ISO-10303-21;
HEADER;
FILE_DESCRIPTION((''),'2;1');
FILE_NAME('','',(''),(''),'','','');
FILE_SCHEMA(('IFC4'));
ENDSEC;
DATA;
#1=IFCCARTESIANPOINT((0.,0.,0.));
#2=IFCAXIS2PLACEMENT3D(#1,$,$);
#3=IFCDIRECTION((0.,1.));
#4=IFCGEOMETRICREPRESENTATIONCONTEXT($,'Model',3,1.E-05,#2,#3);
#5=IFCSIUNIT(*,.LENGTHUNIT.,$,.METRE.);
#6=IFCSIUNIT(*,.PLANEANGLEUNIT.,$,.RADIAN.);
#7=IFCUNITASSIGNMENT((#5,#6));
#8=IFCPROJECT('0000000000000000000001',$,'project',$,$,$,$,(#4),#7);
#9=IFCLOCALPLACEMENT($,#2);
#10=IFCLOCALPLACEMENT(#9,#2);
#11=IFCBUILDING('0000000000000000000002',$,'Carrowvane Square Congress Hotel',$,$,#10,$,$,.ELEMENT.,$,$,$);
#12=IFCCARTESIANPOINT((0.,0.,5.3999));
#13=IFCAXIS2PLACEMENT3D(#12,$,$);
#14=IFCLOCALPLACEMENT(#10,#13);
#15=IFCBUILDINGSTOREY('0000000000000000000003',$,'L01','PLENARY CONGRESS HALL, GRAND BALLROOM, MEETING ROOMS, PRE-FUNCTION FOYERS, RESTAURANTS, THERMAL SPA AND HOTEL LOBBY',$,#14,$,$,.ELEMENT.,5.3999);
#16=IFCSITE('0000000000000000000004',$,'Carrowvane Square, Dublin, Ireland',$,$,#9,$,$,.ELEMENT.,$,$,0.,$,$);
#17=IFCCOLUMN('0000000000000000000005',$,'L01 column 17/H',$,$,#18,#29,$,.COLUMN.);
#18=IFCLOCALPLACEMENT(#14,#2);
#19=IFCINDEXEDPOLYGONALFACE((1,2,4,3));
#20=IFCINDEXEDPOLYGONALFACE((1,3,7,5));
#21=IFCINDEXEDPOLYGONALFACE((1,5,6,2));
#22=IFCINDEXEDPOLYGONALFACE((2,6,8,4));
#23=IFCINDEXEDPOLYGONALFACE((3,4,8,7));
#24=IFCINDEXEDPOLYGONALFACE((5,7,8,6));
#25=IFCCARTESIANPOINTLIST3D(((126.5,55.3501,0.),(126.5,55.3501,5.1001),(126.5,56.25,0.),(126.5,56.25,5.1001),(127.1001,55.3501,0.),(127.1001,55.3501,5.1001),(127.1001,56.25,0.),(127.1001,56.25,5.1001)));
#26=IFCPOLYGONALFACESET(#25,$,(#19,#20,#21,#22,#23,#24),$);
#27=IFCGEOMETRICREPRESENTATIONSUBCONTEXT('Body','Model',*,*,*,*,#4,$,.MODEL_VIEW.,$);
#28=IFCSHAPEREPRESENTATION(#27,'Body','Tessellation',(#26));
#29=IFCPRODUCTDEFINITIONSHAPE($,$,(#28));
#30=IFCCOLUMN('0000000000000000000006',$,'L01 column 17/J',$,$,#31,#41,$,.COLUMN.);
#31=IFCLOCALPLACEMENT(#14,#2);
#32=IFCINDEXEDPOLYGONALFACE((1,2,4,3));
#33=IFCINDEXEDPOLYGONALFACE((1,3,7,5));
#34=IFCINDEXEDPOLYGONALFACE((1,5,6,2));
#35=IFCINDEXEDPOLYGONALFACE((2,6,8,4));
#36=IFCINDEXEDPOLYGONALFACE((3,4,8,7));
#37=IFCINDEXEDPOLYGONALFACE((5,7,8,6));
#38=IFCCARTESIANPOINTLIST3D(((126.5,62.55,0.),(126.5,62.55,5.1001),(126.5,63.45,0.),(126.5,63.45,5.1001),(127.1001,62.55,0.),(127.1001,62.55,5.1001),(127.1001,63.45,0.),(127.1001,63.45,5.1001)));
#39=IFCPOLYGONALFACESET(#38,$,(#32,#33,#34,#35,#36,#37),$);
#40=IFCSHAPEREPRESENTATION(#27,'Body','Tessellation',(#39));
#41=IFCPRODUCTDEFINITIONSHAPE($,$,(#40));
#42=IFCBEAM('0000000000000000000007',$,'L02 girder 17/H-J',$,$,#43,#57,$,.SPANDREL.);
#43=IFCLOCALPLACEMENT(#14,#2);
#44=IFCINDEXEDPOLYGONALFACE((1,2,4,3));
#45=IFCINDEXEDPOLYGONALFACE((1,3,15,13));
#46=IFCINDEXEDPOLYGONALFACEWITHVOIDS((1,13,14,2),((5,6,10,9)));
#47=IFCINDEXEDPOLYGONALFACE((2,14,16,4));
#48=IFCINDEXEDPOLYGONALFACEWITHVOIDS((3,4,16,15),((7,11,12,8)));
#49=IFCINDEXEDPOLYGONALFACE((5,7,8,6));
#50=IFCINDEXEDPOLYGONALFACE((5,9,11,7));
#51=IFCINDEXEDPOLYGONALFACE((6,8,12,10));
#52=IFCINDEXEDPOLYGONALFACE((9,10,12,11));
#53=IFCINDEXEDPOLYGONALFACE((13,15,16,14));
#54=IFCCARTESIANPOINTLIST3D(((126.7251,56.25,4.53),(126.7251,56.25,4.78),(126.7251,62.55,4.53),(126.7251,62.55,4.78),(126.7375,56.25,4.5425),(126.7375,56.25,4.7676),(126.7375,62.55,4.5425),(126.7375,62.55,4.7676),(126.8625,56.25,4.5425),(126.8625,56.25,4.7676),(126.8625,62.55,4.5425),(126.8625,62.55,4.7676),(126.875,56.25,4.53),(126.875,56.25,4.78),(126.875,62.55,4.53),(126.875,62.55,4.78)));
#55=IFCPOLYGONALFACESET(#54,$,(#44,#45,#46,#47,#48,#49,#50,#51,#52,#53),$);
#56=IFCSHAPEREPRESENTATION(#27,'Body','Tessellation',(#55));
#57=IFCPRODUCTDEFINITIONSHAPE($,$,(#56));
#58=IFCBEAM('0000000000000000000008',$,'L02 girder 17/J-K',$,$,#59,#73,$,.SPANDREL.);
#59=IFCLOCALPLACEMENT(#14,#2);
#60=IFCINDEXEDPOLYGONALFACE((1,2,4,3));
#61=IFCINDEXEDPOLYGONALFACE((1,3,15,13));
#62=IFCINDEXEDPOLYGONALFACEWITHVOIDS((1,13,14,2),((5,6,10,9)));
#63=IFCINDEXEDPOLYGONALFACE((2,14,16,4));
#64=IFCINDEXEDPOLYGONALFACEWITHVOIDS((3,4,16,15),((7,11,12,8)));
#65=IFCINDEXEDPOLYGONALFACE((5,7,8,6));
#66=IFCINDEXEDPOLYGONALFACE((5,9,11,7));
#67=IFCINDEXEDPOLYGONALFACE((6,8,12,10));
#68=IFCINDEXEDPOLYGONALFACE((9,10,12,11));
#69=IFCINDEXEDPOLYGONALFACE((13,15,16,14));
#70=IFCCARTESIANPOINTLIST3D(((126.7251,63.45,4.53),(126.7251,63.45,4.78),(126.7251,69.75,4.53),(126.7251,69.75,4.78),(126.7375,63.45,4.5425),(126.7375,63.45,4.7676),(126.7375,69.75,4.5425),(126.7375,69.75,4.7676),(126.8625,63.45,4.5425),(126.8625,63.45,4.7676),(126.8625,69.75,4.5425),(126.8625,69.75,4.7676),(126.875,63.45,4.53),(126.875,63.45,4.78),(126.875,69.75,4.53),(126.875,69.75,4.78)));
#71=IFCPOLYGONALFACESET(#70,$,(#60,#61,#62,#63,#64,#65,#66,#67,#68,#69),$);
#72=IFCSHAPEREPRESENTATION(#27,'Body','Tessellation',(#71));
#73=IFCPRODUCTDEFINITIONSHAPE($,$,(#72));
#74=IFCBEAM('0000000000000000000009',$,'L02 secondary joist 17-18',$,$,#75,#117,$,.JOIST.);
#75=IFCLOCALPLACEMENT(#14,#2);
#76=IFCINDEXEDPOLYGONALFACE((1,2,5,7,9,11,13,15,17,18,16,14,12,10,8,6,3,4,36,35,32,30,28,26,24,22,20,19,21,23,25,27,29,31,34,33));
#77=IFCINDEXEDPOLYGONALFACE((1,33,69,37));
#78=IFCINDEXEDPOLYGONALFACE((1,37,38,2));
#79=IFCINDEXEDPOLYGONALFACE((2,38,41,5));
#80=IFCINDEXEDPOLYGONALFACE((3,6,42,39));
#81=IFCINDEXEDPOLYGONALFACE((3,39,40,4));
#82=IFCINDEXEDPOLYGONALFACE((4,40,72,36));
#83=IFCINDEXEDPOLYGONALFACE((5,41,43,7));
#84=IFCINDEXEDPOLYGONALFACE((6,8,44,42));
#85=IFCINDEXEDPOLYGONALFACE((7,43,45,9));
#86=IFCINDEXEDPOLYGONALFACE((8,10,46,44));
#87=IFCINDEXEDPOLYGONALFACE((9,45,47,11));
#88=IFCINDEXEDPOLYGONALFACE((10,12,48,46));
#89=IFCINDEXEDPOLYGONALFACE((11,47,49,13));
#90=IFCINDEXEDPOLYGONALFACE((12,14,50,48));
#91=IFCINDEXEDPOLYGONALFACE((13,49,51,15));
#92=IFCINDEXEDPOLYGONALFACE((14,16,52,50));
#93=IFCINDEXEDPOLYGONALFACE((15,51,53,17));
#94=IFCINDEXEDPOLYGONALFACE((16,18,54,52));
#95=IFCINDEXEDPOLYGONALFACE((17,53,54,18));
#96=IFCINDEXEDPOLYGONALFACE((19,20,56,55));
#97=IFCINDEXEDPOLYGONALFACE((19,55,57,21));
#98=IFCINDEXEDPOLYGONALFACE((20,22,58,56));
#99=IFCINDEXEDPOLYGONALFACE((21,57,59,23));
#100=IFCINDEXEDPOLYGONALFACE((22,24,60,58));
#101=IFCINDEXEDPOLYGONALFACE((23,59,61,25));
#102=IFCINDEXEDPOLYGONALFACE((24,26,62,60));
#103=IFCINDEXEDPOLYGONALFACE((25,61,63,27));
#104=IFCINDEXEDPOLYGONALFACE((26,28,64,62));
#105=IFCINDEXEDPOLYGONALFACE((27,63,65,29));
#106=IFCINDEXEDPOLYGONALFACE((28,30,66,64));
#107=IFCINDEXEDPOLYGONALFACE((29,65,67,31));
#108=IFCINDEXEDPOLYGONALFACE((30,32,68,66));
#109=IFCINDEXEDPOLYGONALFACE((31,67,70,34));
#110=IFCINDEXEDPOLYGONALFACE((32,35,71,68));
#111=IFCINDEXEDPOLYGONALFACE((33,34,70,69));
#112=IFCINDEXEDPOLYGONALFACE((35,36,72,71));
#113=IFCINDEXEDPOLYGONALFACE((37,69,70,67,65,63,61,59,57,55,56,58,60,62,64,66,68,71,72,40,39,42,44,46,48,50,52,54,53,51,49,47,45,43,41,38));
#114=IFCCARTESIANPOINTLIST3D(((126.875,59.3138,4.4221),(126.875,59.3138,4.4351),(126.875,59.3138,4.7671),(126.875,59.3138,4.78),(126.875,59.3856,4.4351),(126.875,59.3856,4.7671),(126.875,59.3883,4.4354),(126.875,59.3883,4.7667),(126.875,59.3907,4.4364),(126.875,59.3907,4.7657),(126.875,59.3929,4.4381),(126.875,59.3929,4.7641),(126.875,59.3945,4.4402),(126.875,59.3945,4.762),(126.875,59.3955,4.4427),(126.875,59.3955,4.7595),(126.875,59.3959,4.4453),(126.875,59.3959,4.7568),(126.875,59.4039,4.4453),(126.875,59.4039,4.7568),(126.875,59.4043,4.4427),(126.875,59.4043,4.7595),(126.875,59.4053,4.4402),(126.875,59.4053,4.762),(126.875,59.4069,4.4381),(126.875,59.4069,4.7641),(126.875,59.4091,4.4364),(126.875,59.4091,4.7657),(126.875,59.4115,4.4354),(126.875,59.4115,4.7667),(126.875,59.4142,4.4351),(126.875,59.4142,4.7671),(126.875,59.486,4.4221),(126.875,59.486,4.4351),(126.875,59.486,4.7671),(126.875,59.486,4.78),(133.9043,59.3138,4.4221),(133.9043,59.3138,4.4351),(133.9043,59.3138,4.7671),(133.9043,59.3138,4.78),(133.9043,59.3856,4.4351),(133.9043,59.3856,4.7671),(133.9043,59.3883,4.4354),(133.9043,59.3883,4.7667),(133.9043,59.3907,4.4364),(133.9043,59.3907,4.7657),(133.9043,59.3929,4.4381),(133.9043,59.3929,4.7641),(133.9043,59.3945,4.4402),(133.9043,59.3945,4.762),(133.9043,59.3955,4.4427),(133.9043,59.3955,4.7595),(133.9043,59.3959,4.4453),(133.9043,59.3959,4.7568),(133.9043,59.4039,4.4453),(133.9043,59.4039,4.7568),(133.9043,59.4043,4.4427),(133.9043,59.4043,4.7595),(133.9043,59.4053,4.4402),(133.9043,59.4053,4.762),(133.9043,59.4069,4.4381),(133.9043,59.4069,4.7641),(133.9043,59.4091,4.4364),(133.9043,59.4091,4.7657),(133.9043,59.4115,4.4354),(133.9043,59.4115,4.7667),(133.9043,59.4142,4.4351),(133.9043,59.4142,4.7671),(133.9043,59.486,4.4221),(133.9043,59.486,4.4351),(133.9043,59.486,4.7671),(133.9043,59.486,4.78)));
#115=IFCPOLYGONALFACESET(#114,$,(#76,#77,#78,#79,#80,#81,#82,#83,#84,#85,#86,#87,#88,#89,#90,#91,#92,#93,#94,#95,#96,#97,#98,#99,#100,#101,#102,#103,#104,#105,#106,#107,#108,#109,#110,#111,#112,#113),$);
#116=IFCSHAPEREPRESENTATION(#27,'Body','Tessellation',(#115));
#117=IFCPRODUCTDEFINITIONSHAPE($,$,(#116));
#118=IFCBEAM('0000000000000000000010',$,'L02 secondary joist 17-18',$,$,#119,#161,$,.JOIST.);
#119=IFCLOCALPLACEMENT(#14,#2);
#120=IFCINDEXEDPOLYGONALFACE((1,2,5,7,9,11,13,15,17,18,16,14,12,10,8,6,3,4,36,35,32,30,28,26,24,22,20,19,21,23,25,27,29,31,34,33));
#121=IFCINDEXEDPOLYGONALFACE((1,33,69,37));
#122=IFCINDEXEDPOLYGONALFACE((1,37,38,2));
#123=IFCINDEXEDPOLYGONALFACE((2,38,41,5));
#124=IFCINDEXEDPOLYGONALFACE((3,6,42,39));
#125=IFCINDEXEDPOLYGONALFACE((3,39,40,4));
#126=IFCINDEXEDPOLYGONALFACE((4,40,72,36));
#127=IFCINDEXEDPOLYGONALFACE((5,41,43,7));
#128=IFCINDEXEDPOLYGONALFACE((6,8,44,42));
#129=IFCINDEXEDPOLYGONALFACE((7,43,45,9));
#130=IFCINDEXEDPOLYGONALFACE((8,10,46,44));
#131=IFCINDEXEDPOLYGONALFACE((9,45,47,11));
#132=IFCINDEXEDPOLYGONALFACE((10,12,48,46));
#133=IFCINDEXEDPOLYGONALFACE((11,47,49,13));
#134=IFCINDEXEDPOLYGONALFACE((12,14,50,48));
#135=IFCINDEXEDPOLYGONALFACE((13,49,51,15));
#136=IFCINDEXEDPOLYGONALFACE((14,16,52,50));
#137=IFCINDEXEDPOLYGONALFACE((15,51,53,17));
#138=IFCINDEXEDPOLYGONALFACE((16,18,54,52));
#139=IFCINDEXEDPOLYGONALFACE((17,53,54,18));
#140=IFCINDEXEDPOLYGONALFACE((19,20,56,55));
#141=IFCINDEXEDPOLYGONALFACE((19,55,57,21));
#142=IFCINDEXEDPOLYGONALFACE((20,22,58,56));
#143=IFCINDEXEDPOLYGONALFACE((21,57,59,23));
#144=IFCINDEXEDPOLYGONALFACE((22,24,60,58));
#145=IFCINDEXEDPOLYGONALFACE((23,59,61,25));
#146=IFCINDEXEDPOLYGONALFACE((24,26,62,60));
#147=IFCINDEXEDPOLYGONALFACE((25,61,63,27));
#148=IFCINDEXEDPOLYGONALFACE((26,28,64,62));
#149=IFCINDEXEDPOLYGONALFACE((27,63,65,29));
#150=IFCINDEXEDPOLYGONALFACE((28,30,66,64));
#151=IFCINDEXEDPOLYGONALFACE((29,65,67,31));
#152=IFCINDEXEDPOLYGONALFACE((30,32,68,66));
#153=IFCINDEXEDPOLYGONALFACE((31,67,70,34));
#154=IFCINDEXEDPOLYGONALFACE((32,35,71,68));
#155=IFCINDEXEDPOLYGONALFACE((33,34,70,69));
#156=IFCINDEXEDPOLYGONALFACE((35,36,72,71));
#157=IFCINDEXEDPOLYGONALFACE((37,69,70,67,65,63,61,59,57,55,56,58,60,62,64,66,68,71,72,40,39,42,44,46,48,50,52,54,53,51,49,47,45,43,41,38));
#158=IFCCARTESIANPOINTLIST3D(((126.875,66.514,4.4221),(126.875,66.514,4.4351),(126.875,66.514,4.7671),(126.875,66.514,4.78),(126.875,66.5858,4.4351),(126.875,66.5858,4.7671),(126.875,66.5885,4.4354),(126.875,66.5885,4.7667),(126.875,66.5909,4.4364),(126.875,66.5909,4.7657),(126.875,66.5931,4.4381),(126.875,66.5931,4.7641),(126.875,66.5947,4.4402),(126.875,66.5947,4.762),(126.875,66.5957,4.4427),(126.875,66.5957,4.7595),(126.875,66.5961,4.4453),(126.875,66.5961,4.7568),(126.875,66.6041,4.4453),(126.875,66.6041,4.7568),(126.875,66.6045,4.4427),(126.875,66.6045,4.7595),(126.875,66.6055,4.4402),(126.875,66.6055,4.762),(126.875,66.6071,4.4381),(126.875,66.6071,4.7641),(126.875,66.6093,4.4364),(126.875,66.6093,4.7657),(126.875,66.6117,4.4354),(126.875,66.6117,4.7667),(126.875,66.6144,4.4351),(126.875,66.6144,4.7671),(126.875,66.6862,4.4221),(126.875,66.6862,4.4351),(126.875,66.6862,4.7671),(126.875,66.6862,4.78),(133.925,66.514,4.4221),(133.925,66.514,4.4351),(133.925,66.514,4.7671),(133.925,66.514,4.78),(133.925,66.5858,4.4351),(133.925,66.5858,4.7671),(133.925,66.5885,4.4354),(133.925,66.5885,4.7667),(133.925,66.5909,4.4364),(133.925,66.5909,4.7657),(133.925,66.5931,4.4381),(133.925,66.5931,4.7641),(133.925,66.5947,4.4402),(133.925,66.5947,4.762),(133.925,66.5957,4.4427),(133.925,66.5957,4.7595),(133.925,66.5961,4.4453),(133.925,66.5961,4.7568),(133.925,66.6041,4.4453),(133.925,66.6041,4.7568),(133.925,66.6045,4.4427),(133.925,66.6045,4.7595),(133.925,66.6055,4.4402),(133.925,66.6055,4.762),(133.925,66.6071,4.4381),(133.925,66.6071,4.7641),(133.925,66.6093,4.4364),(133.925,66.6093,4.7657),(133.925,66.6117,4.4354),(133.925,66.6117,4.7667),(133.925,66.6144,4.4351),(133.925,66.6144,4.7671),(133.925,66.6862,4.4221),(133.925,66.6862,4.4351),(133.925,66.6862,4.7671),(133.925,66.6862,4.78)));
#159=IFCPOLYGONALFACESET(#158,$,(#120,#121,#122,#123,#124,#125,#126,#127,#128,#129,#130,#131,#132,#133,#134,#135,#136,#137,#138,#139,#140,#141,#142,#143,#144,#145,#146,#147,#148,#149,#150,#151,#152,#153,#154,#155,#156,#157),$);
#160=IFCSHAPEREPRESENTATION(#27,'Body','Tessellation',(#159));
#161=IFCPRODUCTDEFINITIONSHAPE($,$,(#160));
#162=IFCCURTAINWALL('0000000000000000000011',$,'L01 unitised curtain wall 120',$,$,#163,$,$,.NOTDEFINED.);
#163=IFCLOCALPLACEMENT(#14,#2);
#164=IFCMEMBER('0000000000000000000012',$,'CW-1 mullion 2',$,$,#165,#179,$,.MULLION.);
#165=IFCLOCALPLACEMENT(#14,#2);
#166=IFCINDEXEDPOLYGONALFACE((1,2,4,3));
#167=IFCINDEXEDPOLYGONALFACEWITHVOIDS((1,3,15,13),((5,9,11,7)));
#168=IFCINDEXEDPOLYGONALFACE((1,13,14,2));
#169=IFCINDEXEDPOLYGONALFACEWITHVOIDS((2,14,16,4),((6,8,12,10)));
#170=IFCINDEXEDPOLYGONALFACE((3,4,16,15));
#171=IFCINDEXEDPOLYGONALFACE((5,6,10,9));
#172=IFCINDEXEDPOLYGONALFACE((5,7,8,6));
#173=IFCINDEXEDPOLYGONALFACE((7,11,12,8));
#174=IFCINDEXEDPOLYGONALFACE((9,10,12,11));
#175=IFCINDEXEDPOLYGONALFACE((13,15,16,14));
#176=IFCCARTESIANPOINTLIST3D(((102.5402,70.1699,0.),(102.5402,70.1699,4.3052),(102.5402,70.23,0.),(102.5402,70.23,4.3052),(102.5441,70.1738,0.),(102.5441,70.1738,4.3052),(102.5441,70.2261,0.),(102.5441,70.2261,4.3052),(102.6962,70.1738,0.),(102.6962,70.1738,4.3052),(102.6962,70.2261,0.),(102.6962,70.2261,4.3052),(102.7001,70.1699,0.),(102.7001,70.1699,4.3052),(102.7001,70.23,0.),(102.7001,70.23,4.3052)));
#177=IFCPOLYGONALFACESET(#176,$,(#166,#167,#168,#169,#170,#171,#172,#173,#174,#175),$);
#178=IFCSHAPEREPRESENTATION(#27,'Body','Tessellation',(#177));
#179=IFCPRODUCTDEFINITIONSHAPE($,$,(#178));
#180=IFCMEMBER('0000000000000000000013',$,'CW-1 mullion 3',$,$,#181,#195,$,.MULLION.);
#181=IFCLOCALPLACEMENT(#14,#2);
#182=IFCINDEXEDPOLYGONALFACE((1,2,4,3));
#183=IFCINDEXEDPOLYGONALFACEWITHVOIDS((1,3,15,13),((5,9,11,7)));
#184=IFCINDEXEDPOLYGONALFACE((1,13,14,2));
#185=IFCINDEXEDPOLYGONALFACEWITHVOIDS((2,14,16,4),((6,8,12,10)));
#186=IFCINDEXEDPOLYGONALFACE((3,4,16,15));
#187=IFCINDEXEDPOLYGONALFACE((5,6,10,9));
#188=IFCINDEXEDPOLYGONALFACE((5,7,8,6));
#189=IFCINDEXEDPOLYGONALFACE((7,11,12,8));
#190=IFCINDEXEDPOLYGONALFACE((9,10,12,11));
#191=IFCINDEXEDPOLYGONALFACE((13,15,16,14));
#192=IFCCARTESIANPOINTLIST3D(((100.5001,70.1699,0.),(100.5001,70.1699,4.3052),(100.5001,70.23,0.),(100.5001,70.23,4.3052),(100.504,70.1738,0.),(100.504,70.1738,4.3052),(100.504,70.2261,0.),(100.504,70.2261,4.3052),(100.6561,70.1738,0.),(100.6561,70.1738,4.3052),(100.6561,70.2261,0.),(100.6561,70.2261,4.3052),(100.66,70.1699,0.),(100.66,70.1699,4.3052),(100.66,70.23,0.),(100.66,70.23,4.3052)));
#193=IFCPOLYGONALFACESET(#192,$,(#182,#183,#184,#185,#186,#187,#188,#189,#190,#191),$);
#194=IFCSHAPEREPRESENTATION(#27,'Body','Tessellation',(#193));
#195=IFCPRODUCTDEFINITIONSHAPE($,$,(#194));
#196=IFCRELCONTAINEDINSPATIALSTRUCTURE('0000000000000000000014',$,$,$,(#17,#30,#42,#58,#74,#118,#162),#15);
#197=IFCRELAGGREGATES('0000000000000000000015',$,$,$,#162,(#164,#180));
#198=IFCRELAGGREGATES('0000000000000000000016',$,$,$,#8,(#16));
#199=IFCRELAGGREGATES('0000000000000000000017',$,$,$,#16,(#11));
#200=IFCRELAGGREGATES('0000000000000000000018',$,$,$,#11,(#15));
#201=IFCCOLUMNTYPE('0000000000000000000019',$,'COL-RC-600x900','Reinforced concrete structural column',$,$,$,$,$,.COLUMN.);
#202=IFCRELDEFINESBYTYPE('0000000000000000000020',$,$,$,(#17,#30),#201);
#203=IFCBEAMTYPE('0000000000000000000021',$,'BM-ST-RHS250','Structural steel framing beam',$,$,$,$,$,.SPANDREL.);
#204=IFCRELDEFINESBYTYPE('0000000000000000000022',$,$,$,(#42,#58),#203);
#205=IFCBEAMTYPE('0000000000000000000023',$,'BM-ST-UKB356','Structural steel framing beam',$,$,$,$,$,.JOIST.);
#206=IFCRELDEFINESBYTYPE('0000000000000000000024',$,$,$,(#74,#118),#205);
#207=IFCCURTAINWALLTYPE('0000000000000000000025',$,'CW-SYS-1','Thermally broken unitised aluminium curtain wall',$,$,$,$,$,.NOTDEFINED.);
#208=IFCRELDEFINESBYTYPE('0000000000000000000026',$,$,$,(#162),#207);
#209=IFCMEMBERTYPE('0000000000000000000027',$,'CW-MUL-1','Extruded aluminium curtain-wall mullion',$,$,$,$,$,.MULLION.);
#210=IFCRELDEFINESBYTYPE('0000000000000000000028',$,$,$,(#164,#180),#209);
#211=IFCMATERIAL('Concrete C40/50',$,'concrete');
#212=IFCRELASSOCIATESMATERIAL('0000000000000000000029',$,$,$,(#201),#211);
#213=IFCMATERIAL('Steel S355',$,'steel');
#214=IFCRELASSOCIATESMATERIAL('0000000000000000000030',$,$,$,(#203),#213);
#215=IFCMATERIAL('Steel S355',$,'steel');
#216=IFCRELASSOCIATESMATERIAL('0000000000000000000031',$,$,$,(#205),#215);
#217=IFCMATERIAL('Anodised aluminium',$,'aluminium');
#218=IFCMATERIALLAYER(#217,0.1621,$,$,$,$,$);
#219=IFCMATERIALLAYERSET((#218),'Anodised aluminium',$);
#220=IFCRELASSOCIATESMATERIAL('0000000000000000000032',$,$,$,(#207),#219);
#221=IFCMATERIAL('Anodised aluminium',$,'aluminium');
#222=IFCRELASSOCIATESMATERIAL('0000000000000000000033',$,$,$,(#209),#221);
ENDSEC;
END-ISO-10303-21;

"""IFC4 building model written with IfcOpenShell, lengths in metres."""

from ifc_helpers import new_model, si_unit, direction, frame, origin, origin_2d, place, context, subcontext, project, spatial, rectangle, hollow_rectangle, i_section, extrude, material, layer, layer_set, material_profile, profile_set, type_object, element, aggregate, save


model = new_model("IFC4")

# Units and contexts
model_context = context("Model", 3, precision=1e-05, world=origin(), true_north=direction((0.0, 1.0)))
body_context = subcontext(model_context, "Body", "Model", "MODEL_VIEW")
ifc_project = project(units=[si_unit("LENGTHUNIT", "METRE"), si_unit("PLANEANGLEUNIT", "RADIAN")], contexts=[model_context])

# Site, building, storey
site_placement = place(None, origin())
site = spatial("IfcSite", under=ifc_project, at=site_placement, Name="Carrowvane Square, Dublin, Ireland", CompositionType="ELEMENT", RefElevation=0.0)
building_placement = place(site_placement, origin())
building = spatial("IfcBuilding", under=site, at=building_placement, Name="Carrowvane Square Congress Hotel", CompositionType="ELEMENT")
storey_placement = place(building_placement, frame((0.0, 0.0, 5.3999)))
storey = spatial("IfcBuildingStorey", under=building, at=storey_placement, Name="L01", Description="PLENARY CONGRESS HALL, GRAND BALLROOM, MEETING ROOMS, PRE-FUNCTION FOYERS, RESTAURANTS, THERMAL SPA AND HOTEL LOBBY", CompositionType="ELEMENT", Elevation=5.3999)

# Columns
ifc_material_1 = material(Name="Concrete C40/50", Category="concrete")
ifc_material_profile_1 = material_profile(ifc_material_1, rectangle(XDim=0.6001, YDim=0.8999, at=origin_2d()), Name="RC 600x900")
ifc_profile_set_1 = profile_set([ifc_material_profile_1], Name="Concrete C40/50")
column_type = type_object("IfcColumnType", Name="COL-RC-600x900", Description="Reinforced concrete structural column", PredefinedType="COLUMN", material=ifc_profile_set_1)
for number, where, z_axis, x_axis, name in (
    (1, (126.8, 55.8, 0.0), (0.0, 0.0, 1.0), (1.0, 0.0, 0.0), "L01 column 17/H"),
    (2, (126.8, 63.0, 0.0), (0.0, 0.0, 1.0), (1.0, 0.0, 0.0), "L01 column 17/J"),
):
    element("IfcColumn", number, at=place(storey_placement, frame(where, z_axis=z_axis, x_axis=x_axis)), inside=storey, type_object=column_type, Name=name, PredefinedType="COLUMN", context=body_context, shape_type="SweptSolid", body=[
        extrude(rectangle(XDim=0.6001, YDim=0.8999, at=origin_2d()), origin(), (0.0, 0.0, 1.0), 5.1001),
    ])

# Beams
ifc_material_2 = material(Name="Steel S355", Category="steel")
ifc_material_profile_2 = material_profile(ifc_material_2, hollow_rectangle(XDim=0.1499, YDim=0.25, WallThickness=0.0125, at=origin_2d()), Name="RHS 250x150x12.5")
ifc_profile_set_2 = profile_set([ifc_material_profile_2], Name="Steel S355")
beam_type_1 = type_object("IfcBeamType", Name="BM-ST-RHS250", Description="Structural steel framing beam", PredefinedType="SPANDREL", material=ifc_profile_set_2)
for number, where, z_axis, x_axis, name in (
    (3, (126.8, 56.25, 4.655), (0.0, 1.0, 0.0), (-1.0, 0.0, 0.0), "L02 girder 17/H-J"),
    (4, (126.8, 63.45, 4.655), (0.0, 1.0, 0.0), (-1.0, 0.0, 0.0), "L02 girder 17/J-K"),
):
    element("IfcBeam", number, at=place(storey_placement, frame(where, z_axis=z_axis, x_axis=x_axis)), inside=storey, type_object=beam_type_1, Name=name, PredefinedType="SPANDREL", context=body_context, shape_type="SweptSolid", body=[
        extrude(hollow_rectangle(XDim=0.1499, YDim=0.25, WallThickness=0.0125, at=origin_2d()), origin(), (0.0, 0.0, 1.0), 6.3),
    ])
ifc_material_3 = material(Name="Steel S355", Category="steel")
ifc_material_profile_3 = material_profile(ifc_material_3, i_section(OverallWidth=0.1721, OverallDepth=0.3579, WebThickness=0.0081, FlangeThickness=0.0129, FilletRadius=0.0103, at=origin_2d()), Name="UKB 356x171x57")
ifc_profile_set_3 = profile_set([ifc_material_profile_3], Name="Steel S355")
beam_type_2 = type_object("IfcBeamType", Name="BM-ST-UKB356", Description="Structural steel framing beam", PredefinedType="JOIST", material=ifc_profile_set_3)
beam_1_placement = place(storey_placement, frame((126.875, 59.3999, 4.6011), z_axis=(1.0, 0.0, 0.0), x_axis=(0.0, 1.0, 0.0)))
element("IfcBeam", 5, at=beam_1_placement, inside=storey, type_object=beam_type_2, Name="L02 secondary joist 17-18", PredefinedType="JOIST", context=body_context, shape_type="SweptSolid", body=[
    extrude(i_section(OverallWidth=0.1721, OverallDepth=0.3579, WebThickness=0.0081, FlangeThickness=0.0129, FilletRadius=0.0103, at=origin_2d()), origin(), (0.0, 0.0, 1.0), 7.0293),
])
beam_2_placement = place(storey_placement, frame((126.875, 66.6001, 4.6011), z_axis=(1.0, 0.0, 0.0), x_axis=(0.0, 1.0, 0.0)))
element("IfcBeam", 6, at=beam_2_placement, inside=storey, type_object=beam_type_2, Name="L02 secondary joist 17-18", PredefinedType="JOIST", context=body_context, shape_type="SweptSolid", body=[
    extrude(i_section(OverallWidth=0.1721, OverallDepth=0.3579, WebThickness=0.0081, FlangeThickness=0.0129, FilletRadius=0.0103, at=origin_2d()), origin(), (0.0, 0.0, 1.0), 7.05),
])

# Curtain wall, members
ifc_material_4 = material(Name="Anodised aluminium", Category="aluminium")
ifc_layer_1 = layer(ifc_material_4, 0.1621)
ifc_layer_set_1 = layer_set([ifc_layer_1], Name="Anodised aluminium")
curtain_wall_type = type_object("IfcCurtainWallType", Name="CW-SYS-1", Description="Thermally broken unitised aluminium curtain wall", PredefinedType="NOTDEFINED", material=ifc_layer_set_1)
curtain_wall_placement = place(storey_placement, origin())
curtain_wall = element("IfcCurtainWall", 7, at=curtain_wall_placement, inside=storey, type_object=curtain_wall_type, Name="L01 unitised curtain wall 120", PredefinedType="NOTDEFINED")
ifc_material_5 = material(Name="Anodised aluminium", Category="aluminium")
ifc_material_profile_4 = material_profile(ifc_material_5, hollow_rectangle(XDim=0.0601, YDim=0.1599, WallThickness=0.0039, at=origin_2d()), Name="CW-ML 60x160x4")
ifc_profile_set_4 = profile_set([ifc_material_profile_4], Name="Anodised aluminium")
member_type_1 = type_object("IfcMemberType", Name="CW-MUL-1", Description="Extruded aluminium curtain-wall mullion", PredefinedType="MULLION", material=ifc_profile_set_4)
member_1_placement = place(storey_placement, frame((102.6201, 70.2, 0.0), z_axis=(0.0, 0.0, 1.0), x_axis=(0.0, -1.0, 0.0)))
member_1 = element("IfcMember", 8, at=member_1_placement, type_object=member_type_1, Name="CW-1 mullion 2", PredefinedType="MULLION", context=body_context, shape_type="SweptSolid", body=[
    extrude(hollow_rectangle(XDim=0.0601, YDim=0.1599, WallThickness=0.0039, at=origin_2d()), origin(), (0.0, 0.0, 1.0), 4.3052),
])
member_2_placement = place(storey_placement, frame((100.5801, 70.2, 0.0), z_axis=(0.0, 0.0, 1.0), x_axis=(0.0, -1.0, 0.0)))
member_2 = element("IfcMember", 9, at=member_2_placement, type_object=member_type_1, Name="CW-1 mullion 3", PredefinedType="MULLION", context=body_context, shape_type="SweptSolid", body=[
    extrude(hollow_rectangle(XDim=0.0601, YDim=0.1599, WallThickness=0.0039, at=origin_2d()), origin(), (0.0, 0.0, 1.0), 4.3052),
])
aggregate(curtain_wall, [member_1, member_2])

save(model, "model.ifc")
